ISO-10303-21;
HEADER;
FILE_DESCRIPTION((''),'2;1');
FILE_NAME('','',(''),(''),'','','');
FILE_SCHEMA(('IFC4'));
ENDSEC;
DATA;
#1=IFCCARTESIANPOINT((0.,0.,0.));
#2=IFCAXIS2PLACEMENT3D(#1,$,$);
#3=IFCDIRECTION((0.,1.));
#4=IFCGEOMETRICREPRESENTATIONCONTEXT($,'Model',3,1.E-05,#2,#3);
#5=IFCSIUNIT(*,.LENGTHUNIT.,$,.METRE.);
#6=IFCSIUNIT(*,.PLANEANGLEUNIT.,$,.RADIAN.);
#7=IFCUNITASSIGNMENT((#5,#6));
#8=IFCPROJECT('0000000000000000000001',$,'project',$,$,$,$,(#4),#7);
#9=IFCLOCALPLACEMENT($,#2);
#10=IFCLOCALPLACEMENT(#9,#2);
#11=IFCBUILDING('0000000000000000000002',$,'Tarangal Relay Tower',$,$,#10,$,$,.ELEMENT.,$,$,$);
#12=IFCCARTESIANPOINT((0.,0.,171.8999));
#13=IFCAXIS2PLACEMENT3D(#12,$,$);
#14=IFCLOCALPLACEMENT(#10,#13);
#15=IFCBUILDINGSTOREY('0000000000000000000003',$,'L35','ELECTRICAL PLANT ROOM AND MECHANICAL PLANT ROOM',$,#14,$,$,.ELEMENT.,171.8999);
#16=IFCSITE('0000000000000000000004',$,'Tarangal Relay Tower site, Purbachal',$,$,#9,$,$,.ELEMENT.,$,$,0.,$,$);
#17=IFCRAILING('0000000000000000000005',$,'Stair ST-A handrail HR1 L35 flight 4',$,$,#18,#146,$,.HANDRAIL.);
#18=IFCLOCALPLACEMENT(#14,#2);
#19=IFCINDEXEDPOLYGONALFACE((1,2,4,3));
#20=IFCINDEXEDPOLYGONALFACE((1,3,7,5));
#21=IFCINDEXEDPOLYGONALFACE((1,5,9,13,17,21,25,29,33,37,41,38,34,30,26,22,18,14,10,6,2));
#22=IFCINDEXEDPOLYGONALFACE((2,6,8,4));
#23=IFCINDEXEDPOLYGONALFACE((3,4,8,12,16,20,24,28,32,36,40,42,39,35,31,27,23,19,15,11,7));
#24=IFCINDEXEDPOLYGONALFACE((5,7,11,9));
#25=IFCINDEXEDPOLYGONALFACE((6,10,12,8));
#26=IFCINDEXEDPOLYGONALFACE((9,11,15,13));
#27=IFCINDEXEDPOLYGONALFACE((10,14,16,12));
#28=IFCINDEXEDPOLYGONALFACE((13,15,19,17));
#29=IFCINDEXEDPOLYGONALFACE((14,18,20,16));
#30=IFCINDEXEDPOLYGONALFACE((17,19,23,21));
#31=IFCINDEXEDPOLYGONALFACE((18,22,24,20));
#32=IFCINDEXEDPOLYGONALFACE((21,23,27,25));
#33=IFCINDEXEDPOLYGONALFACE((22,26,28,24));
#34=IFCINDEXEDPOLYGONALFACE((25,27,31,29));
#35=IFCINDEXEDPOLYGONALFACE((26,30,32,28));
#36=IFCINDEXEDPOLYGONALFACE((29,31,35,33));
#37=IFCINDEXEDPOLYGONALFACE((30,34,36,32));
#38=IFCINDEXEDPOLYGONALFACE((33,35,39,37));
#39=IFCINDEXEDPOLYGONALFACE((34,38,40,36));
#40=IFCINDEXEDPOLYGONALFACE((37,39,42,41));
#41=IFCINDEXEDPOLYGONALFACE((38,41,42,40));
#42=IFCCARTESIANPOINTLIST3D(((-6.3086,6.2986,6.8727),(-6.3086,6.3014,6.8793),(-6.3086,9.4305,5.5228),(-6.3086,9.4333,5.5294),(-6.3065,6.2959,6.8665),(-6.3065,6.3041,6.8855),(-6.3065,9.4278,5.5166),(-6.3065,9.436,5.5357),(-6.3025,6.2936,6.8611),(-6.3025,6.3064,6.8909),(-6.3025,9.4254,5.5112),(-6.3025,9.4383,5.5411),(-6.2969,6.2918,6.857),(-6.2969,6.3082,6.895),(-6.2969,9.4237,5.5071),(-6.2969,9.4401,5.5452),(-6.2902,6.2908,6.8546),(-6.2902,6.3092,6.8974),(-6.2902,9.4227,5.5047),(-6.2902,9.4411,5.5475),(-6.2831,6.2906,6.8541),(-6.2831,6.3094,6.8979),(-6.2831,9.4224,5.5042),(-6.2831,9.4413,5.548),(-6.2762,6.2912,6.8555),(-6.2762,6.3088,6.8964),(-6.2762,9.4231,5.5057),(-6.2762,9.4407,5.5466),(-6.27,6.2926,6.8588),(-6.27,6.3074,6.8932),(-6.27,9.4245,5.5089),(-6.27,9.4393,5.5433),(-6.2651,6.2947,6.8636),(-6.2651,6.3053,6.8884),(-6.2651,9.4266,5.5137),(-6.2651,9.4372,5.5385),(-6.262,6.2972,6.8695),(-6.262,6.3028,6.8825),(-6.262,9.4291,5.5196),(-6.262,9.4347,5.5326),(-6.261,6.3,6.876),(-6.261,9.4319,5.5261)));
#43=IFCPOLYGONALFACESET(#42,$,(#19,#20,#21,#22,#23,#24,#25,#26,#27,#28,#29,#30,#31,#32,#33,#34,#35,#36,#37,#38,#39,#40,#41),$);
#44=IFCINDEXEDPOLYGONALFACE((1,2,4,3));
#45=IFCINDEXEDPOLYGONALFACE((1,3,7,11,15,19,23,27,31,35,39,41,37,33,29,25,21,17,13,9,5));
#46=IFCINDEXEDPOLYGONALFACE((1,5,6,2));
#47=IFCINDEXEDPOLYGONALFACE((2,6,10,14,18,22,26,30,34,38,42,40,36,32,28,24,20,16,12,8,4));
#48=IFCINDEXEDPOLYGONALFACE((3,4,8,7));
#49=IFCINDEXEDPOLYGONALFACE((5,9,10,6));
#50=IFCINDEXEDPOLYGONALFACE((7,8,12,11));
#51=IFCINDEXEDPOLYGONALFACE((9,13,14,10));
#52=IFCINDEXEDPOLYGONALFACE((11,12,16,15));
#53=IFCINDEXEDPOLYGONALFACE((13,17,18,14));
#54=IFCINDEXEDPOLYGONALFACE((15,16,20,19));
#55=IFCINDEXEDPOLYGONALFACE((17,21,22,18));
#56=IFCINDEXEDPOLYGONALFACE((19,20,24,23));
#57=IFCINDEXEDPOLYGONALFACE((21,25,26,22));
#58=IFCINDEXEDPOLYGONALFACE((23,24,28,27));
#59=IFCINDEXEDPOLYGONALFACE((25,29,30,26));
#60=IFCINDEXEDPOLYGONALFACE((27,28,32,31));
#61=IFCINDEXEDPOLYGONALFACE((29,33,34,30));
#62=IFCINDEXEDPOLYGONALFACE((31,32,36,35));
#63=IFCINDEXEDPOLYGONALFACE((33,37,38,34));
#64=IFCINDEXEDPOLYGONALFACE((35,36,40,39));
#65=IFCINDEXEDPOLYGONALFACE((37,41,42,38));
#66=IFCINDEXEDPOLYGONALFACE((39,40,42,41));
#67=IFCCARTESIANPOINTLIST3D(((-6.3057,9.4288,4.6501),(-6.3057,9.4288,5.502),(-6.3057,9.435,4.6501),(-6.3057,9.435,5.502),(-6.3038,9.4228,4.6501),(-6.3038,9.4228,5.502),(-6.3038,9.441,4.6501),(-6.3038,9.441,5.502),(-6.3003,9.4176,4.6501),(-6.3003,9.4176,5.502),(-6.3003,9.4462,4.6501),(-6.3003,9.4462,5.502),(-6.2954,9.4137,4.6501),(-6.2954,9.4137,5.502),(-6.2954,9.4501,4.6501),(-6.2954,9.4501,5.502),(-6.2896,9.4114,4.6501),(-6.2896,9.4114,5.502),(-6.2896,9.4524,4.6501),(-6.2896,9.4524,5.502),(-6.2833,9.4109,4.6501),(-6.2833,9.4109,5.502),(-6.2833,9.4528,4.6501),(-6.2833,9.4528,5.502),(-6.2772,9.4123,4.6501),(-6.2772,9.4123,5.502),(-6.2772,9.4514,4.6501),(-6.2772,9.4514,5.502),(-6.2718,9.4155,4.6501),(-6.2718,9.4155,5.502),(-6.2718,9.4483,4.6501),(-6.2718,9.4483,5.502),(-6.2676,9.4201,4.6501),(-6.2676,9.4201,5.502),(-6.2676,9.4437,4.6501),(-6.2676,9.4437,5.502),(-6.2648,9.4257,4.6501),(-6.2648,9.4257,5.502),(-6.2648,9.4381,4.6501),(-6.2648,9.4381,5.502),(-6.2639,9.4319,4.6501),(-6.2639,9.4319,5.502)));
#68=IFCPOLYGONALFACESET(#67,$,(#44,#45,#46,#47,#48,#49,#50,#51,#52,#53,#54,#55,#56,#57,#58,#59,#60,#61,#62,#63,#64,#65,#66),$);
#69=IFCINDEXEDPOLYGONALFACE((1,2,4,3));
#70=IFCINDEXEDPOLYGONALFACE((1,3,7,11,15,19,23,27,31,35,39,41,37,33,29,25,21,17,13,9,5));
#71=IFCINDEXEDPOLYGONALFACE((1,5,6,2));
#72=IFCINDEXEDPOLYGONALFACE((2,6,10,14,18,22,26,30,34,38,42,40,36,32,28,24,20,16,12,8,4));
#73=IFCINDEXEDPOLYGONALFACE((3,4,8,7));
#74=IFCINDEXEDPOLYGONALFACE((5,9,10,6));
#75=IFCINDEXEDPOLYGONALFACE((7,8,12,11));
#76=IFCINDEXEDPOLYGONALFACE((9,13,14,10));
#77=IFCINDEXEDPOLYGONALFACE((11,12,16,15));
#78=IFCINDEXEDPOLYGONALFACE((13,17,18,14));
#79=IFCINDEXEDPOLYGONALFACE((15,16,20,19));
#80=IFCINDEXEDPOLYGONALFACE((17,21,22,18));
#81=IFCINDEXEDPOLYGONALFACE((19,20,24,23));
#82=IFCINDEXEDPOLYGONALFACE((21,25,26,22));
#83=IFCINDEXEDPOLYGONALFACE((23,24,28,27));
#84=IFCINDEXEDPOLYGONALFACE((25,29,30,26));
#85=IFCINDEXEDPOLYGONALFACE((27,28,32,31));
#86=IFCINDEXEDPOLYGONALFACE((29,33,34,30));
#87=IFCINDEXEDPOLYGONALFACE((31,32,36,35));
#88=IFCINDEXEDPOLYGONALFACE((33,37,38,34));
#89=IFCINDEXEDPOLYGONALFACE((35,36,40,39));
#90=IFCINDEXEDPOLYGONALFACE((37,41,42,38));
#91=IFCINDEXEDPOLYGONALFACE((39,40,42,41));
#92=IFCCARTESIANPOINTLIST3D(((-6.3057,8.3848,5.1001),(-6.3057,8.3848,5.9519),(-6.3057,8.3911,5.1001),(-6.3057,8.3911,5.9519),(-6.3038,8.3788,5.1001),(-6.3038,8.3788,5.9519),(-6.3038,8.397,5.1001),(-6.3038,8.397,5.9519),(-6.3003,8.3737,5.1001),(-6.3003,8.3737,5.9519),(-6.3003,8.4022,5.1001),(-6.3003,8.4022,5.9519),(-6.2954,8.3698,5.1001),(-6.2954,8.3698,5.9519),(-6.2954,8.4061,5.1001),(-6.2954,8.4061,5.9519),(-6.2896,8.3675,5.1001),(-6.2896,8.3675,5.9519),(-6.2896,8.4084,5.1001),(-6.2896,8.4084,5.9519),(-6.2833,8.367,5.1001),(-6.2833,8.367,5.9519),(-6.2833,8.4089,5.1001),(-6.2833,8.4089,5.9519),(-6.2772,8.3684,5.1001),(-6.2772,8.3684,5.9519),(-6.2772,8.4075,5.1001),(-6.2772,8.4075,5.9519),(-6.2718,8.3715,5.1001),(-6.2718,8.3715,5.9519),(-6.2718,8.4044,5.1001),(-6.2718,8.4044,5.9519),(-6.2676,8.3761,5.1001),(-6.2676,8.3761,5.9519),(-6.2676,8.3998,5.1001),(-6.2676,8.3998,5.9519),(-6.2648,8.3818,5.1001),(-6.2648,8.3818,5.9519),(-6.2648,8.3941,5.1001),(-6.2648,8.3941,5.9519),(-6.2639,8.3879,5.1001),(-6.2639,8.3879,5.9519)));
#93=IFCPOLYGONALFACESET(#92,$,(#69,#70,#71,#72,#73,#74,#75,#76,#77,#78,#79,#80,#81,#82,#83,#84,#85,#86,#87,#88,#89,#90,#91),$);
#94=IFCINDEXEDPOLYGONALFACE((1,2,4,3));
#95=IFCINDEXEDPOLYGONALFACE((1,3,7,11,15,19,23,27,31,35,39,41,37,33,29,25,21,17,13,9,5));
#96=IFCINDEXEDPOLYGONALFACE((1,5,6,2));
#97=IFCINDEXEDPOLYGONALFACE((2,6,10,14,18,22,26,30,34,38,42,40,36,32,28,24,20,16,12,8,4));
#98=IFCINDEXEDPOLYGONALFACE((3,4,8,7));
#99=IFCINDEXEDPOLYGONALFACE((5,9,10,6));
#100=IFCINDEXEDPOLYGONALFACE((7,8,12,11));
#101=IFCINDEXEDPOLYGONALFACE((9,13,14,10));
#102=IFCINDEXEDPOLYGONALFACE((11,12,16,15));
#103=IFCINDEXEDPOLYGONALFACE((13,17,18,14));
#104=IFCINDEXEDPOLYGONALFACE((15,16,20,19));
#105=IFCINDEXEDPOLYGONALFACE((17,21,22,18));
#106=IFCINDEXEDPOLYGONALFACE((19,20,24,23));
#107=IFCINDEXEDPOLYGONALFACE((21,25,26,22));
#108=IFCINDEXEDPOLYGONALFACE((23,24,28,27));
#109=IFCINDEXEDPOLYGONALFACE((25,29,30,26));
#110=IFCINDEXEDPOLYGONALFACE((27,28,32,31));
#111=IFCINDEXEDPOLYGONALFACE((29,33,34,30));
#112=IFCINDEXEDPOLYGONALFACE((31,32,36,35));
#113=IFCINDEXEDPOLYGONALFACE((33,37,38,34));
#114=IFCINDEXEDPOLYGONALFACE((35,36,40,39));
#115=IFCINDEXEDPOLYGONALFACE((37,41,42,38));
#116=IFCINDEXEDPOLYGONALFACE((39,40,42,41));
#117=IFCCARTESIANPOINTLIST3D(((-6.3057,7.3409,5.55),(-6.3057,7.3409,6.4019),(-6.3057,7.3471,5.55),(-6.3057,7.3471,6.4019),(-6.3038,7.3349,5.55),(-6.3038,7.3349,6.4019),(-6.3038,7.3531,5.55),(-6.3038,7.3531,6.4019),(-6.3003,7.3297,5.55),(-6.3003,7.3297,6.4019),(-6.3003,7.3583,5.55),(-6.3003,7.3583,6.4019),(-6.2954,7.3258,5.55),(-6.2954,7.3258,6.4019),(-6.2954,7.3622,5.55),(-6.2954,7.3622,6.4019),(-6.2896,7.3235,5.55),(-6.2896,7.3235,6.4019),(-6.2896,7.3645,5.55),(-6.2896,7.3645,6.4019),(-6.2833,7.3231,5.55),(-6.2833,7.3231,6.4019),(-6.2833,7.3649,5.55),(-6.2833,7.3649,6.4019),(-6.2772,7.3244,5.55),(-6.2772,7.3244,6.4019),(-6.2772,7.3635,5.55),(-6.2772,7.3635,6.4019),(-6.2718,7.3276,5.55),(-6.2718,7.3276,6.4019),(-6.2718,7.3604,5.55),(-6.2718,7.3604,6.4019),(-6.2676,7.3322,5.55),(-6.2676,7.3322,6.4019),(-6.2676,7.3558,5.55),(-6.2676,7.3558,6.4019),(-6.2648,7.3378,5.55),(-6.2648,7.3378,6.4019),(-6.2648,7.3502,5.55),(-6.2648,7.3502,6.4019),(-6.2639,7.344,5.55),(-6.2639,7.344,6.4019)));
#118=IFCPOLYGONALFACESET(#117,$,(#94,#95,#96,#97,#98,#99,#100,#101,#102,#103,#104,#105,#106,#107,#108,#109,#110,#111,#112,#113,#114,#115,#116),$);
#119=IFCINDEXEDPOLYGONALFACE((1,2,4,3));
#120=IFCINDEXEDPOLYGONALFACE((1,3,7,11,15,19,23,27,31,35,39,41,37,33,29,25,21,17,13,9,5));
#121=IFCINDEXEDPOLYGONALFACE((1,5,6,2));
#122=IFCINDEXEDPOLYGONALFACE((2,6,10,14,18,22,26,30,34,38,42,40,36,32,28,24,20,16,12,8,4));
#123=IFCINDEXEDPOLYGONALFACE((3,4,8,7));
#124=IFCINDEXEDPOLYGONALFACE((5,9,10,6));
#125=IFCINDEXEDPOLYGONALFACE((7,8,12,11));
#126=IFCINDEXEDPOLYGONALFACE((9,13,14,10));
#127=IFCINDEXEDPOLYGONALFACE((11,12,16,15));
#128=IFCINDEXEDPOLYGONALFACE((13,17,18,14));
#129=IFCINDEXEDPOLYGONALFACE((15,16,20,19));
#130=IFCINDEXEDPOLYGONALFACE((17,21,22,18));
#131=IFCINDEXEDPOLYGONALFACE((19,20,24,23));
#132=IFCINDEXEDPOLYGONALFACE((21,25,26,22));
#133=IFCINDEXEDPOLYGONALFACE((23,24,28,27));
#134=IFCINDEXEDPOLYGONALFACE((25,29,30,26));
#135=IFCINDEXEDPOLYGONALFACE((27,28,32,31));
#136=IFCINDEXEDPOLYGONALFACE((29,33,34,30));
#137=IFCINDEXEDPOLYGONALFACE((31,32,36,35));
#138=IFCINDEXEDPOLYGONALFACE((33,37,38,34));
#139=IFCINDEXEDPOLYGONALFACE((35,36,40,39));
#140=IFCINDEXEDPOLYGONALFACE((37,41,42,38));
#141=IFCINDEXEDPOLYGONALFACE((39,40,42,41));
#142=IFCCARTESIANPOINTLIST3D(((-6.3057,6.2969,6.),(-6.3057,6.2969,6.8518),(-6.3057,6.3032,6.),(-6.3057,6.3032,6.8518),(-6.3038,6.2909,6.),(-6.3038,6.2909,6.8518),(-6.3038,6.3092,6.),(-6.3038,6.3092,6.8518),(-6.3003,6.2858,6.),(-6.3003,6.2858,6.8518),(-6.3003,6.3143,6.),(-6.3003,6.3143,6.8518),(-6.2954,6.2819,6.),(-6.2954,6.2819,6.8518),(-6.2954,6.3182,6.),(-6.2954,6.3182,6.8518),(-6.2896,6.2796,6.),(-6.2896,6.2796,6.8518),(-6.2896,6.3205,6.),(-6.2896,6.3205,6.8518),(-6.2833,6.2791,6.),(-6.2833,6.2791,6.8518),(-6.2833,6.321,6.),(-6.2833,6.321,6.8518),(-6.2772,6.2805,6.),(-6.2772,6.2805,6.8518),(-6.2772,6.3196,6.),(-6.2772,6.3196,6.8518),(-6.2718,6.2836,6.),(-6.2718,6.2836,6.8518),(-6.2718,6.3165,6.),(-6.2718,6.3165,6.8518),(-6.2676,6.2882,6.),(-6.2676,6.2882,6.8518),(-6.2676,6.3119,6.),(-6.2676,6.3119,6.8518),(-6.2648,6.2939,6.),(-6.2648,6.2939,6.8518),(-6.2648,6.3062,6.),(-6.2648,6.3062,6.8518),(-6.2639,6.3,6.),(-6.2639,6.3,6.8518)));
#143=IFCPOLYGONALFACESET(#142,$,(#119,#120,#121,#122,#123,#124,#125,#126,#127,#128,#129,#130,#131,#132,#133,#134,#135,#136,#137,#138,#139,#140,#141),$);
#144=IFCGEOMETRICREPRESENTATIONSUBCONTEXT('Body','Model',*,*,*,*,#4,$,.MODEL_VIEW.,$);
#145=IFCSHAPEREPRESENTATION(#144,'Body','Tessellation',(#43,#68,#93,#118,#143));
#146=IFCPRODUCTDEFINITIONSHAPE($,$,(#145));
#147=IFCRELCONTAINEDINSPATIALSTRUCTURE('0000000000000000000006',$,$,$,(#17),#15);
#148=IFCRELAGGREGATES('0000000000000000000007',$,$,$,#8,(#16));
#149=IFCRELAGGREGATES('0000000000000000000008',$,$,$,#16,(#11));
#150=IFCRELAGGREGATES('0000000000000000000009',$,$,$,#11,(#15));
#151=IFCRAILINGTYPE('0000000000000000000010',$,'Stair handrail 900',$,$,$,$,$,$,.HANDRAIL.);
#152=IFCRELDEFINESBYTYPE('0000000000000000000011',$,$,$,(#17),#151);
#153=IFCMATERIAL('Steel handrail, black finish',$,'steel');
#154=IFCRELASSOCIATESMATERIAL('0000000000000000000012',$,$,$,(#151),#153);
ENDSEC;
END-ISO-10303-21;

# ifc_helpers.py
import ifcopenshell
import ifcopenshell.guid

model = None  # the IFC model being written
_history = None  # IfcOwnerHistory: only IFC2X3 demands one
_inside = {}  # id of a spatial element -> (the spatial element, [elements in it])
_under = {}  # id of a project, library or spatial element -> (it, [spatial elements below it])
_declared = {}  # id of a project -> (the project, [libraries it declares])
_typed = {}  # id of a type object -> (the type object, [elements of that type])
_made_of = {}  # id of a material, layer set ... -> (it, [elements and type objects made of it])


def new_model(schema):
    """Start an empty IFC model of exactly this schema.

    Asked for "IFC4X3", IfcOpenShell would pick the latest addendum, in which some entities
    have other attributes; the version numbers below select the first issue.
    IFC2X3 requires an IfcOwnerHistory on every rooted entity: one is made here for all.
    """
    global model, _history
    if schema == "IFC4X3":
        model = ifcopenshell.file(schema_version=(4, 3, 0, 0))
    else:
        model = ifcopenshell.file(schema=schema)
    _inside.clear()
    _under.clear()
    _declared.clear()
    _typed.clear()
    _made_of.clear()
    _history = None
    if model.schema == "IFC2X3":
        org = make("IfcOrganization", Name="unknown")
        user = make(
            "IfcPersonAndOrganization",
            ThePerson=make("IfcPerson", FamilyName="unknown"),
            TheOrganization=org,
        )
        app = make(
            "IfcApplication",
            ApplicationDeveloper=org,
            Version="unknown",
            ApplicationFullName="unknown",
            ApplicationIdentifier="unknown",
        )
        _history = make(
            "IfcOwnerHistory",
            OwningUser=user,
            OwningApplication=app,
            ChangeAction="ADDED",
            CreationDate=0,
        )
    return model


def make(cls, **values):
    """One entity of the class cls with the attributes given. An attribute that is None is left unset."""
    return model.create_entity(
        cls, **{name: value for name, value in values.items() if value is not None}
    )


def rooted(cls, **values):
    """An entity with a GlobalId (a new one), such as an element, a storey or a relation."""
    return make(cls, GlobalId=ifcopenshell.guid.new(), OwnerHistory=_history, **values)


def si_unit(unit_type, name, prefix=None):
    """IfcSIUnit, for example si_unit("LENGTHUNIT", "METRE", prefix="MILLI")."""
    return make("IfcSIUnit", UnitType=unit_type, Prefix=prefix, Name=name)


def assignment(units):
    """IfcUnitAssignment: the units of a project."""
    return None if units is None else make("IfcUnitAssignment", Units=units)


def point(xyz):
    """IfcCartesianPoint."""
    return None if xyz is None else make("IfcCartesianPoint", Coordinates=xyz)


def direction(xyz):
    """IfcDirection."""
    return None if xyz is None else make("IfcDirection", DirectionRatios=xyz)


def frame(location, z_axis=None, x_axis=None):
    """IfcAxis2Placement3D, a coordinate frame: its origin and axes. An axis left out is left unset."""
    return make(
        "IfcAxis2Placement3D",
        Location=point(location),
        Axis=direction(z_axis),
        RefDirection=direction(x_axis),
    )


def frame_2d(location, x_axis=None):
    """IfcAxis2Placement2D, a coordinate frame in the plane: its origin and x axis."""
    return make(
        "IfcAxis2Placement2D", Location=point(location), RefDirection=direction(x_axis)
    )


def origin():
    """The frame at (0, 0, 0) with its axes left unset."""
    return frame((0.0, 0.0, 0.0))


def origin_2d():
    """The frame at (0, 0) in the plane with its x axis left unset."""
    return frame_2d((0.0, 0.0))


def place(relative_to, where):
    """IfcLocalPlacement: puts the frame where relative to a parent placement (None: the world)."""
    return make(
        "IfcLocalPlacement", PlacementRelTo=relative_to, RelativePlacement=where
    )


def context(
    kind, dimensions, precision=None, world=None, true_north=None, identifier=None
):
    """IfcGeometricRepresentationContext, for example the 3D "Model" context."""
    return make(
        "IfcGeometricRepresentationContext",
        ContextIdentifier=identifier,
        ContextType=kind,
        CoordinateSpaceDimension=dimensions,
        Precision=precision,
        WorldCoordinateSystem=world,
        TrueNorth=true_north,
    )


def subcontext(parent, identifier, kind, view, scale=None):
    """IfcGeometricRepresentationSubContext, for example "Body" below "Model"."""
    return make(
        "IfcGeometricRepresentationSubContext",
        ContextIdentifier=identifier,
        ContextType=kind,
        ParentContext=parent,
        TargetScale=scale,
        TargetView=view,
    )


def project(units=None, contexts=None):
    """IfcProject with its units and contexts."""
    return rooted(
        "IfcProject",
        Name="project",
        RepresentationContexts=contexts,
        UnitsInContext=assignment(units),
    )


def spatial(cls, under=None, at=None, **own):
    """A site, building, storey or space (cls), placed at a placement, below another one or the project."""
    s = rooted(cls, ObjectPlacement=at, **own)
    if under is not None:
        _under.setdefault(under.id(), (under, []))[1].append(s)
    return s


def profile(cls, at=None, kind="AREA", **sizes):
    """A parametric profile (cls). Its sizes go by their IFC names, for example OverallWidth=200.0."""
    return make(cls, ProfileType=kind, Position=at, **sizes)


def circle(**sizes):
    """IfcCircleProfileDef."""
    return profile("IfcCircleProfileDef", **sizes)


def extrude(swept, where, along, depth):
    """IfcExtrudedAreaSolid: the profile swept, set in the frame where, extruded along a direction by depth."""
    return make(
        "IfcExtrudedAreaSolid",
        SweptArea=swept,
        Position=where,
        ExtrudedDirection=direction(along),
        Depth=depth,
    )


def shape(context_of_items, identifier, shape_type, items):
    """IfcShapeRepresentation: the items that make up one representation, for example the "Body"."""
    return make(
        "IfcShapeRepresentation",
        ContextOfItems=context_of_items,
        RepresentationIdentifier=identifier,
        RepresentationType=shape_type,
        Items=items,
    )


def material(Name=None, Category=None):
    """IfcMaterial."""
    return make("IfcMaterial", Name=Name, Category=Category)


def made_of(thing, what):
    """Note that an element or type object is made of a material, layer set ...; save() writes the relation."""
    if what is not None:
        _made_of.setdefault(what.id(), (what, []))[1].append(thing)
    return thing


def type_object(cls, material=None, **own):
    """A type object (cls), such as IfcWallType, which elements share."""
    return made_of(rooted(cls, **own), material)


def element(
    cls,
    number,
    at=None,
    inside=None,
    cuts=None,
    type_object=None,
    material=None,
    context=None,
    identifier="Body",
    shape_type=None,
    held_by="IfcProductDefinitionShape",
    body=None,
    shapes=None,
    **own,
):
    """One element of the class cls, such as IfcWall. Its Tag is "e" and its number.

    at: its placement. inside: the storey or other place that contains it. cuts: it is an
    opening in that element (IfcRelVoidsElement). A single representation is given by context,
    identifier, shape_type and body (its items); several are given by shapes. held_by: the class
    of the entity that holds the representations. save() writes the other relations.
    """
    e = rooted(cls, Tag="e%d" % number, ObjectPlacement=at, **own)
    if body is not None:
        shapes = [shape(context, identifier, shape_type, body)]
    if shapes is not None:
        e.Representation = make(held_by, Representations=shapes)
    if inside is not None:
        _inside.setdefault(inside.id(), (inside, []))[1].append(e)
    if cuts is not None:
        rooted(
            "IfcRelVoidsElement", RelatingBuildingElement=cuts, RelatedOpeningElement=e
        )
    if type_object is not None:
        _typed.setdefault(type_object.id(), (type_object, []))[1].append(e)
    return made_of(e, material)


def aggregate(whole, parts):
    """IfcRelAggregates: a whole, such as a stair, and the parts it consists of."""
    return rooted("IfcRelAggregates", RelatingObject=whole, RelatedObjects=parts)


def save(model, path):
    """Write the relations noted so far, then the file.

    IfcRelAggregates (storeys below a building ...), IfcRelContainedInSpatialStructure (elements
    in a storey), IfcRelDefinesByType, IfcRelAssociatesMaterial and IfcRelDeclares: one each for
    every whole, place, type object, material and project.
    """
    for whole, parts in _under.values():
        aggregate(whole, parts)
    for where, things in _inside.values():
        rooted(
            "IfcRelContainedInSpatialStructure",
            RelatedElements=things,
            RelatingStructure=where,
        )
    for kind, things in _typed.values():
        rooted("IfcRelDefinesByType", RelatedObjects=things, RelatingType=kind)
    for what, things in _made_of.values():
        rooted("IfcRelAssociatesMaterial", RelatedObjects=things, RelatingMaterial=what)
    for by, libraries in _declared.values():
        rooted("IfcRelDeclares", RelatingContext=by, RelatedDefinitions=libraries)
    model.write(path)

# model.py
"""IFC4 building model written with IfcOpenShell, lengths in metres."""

from ifc_helpers import new_model, si_unit, direction, frame, origin, origin_2d, place, context, subcontext, project, spatial, circle, extrude, material, type_object, element, save


model = new_model("IFC4")

# Units and contexts
model_context = context("Model", 3, precision=1e-05, world=origin(), true_north=direction((0.0, 1.0)))
body_context = subcontext(model_context, "Body", "Model", "MODEL_VIEW")
ifc_project = project(units=[si_unit("LENGTHUNIT", "METRE"), si_unit("PLANEANGLEUNIT", "RADIAN")], contexts=[model_context])

# Site, building, storey
site_placement = place(None, origin())
site = spatial("IfcSite", under=ifc_project, at=site_placement, Name="Tarangal Relay Tower site, Purbachal", CompositionType="ELEMENT", RefElevation=0.0)
building_placement = place(site_placement, origin())
building = spatial("IfcBuilding", under=site, at=building_placement, Name="Tarangal Relay Tower", CompositionType="ELEMENT")
storey_placement = place(building_placement, frame((0.0, 0.0, 171.8999)))
storey = spatial("IfcBuildingStorey", under=building, at=storey_placement, Name="L35", Description="ELECTRICAL PLANT ROOM AND MECHANICAL PLANT ROOM", CompositionType="ELEMENT", Elevation=171.8999)

# Railing
ifc_material_1 = material(Name="Steel handrail, black finish", Category="steel")
railing_type_1 = type_object("IfcRailingType", Name="Stair handrail 900", PredefinedType="HANDRAIL", material=ifc_material_1)
for number, where, name in (
    (1, (-6.2849, 9.4319, 4.6501), "Stair ST-A handrail HR1 L35 flight 4"),
):
    element("IfcRailing", number, at=place(storey_placement, frame(where)), inside=storey, type_object=railing_type_1, Name=name, PredefinedType="HANDRAIL", context=body_context, shape_type="SweptSolid", body=[
        extrude(circle(Radius=0.0239, at=origin_2d()), frame((0.0, 0.0, 0.876), z_axis=(0.0, -0.918332, 0.395811), x_axis=(1.0, 0.0, 0.0)), (0.0, 0.0, 1.0), 3.4104),
        extrude(circle(Radius=0.021, at=origin_2d()), origin(), (0.0, 0.0, 1.0), 0.8518),
        extrude(circle(Radius=0.021, at=origin_2d()), frame((0.0, -1.0439, 0.45)), (0.0, 0.0, 1.0), 0.8518),
        extrude(circle(Radius=0.021, at=origin_2d()), frame((0.0, -2.0879, 0.8999)), (0.0, 0.0, 1.0), 0.8518),
        extrude(circle(Radius=0.021, at=origin_2d()), frame((0.0, -3.1318, 1.3499)), (0.0, 0.0, 1.0), 0.8518),
    ])

save(model, "model.ifc")
